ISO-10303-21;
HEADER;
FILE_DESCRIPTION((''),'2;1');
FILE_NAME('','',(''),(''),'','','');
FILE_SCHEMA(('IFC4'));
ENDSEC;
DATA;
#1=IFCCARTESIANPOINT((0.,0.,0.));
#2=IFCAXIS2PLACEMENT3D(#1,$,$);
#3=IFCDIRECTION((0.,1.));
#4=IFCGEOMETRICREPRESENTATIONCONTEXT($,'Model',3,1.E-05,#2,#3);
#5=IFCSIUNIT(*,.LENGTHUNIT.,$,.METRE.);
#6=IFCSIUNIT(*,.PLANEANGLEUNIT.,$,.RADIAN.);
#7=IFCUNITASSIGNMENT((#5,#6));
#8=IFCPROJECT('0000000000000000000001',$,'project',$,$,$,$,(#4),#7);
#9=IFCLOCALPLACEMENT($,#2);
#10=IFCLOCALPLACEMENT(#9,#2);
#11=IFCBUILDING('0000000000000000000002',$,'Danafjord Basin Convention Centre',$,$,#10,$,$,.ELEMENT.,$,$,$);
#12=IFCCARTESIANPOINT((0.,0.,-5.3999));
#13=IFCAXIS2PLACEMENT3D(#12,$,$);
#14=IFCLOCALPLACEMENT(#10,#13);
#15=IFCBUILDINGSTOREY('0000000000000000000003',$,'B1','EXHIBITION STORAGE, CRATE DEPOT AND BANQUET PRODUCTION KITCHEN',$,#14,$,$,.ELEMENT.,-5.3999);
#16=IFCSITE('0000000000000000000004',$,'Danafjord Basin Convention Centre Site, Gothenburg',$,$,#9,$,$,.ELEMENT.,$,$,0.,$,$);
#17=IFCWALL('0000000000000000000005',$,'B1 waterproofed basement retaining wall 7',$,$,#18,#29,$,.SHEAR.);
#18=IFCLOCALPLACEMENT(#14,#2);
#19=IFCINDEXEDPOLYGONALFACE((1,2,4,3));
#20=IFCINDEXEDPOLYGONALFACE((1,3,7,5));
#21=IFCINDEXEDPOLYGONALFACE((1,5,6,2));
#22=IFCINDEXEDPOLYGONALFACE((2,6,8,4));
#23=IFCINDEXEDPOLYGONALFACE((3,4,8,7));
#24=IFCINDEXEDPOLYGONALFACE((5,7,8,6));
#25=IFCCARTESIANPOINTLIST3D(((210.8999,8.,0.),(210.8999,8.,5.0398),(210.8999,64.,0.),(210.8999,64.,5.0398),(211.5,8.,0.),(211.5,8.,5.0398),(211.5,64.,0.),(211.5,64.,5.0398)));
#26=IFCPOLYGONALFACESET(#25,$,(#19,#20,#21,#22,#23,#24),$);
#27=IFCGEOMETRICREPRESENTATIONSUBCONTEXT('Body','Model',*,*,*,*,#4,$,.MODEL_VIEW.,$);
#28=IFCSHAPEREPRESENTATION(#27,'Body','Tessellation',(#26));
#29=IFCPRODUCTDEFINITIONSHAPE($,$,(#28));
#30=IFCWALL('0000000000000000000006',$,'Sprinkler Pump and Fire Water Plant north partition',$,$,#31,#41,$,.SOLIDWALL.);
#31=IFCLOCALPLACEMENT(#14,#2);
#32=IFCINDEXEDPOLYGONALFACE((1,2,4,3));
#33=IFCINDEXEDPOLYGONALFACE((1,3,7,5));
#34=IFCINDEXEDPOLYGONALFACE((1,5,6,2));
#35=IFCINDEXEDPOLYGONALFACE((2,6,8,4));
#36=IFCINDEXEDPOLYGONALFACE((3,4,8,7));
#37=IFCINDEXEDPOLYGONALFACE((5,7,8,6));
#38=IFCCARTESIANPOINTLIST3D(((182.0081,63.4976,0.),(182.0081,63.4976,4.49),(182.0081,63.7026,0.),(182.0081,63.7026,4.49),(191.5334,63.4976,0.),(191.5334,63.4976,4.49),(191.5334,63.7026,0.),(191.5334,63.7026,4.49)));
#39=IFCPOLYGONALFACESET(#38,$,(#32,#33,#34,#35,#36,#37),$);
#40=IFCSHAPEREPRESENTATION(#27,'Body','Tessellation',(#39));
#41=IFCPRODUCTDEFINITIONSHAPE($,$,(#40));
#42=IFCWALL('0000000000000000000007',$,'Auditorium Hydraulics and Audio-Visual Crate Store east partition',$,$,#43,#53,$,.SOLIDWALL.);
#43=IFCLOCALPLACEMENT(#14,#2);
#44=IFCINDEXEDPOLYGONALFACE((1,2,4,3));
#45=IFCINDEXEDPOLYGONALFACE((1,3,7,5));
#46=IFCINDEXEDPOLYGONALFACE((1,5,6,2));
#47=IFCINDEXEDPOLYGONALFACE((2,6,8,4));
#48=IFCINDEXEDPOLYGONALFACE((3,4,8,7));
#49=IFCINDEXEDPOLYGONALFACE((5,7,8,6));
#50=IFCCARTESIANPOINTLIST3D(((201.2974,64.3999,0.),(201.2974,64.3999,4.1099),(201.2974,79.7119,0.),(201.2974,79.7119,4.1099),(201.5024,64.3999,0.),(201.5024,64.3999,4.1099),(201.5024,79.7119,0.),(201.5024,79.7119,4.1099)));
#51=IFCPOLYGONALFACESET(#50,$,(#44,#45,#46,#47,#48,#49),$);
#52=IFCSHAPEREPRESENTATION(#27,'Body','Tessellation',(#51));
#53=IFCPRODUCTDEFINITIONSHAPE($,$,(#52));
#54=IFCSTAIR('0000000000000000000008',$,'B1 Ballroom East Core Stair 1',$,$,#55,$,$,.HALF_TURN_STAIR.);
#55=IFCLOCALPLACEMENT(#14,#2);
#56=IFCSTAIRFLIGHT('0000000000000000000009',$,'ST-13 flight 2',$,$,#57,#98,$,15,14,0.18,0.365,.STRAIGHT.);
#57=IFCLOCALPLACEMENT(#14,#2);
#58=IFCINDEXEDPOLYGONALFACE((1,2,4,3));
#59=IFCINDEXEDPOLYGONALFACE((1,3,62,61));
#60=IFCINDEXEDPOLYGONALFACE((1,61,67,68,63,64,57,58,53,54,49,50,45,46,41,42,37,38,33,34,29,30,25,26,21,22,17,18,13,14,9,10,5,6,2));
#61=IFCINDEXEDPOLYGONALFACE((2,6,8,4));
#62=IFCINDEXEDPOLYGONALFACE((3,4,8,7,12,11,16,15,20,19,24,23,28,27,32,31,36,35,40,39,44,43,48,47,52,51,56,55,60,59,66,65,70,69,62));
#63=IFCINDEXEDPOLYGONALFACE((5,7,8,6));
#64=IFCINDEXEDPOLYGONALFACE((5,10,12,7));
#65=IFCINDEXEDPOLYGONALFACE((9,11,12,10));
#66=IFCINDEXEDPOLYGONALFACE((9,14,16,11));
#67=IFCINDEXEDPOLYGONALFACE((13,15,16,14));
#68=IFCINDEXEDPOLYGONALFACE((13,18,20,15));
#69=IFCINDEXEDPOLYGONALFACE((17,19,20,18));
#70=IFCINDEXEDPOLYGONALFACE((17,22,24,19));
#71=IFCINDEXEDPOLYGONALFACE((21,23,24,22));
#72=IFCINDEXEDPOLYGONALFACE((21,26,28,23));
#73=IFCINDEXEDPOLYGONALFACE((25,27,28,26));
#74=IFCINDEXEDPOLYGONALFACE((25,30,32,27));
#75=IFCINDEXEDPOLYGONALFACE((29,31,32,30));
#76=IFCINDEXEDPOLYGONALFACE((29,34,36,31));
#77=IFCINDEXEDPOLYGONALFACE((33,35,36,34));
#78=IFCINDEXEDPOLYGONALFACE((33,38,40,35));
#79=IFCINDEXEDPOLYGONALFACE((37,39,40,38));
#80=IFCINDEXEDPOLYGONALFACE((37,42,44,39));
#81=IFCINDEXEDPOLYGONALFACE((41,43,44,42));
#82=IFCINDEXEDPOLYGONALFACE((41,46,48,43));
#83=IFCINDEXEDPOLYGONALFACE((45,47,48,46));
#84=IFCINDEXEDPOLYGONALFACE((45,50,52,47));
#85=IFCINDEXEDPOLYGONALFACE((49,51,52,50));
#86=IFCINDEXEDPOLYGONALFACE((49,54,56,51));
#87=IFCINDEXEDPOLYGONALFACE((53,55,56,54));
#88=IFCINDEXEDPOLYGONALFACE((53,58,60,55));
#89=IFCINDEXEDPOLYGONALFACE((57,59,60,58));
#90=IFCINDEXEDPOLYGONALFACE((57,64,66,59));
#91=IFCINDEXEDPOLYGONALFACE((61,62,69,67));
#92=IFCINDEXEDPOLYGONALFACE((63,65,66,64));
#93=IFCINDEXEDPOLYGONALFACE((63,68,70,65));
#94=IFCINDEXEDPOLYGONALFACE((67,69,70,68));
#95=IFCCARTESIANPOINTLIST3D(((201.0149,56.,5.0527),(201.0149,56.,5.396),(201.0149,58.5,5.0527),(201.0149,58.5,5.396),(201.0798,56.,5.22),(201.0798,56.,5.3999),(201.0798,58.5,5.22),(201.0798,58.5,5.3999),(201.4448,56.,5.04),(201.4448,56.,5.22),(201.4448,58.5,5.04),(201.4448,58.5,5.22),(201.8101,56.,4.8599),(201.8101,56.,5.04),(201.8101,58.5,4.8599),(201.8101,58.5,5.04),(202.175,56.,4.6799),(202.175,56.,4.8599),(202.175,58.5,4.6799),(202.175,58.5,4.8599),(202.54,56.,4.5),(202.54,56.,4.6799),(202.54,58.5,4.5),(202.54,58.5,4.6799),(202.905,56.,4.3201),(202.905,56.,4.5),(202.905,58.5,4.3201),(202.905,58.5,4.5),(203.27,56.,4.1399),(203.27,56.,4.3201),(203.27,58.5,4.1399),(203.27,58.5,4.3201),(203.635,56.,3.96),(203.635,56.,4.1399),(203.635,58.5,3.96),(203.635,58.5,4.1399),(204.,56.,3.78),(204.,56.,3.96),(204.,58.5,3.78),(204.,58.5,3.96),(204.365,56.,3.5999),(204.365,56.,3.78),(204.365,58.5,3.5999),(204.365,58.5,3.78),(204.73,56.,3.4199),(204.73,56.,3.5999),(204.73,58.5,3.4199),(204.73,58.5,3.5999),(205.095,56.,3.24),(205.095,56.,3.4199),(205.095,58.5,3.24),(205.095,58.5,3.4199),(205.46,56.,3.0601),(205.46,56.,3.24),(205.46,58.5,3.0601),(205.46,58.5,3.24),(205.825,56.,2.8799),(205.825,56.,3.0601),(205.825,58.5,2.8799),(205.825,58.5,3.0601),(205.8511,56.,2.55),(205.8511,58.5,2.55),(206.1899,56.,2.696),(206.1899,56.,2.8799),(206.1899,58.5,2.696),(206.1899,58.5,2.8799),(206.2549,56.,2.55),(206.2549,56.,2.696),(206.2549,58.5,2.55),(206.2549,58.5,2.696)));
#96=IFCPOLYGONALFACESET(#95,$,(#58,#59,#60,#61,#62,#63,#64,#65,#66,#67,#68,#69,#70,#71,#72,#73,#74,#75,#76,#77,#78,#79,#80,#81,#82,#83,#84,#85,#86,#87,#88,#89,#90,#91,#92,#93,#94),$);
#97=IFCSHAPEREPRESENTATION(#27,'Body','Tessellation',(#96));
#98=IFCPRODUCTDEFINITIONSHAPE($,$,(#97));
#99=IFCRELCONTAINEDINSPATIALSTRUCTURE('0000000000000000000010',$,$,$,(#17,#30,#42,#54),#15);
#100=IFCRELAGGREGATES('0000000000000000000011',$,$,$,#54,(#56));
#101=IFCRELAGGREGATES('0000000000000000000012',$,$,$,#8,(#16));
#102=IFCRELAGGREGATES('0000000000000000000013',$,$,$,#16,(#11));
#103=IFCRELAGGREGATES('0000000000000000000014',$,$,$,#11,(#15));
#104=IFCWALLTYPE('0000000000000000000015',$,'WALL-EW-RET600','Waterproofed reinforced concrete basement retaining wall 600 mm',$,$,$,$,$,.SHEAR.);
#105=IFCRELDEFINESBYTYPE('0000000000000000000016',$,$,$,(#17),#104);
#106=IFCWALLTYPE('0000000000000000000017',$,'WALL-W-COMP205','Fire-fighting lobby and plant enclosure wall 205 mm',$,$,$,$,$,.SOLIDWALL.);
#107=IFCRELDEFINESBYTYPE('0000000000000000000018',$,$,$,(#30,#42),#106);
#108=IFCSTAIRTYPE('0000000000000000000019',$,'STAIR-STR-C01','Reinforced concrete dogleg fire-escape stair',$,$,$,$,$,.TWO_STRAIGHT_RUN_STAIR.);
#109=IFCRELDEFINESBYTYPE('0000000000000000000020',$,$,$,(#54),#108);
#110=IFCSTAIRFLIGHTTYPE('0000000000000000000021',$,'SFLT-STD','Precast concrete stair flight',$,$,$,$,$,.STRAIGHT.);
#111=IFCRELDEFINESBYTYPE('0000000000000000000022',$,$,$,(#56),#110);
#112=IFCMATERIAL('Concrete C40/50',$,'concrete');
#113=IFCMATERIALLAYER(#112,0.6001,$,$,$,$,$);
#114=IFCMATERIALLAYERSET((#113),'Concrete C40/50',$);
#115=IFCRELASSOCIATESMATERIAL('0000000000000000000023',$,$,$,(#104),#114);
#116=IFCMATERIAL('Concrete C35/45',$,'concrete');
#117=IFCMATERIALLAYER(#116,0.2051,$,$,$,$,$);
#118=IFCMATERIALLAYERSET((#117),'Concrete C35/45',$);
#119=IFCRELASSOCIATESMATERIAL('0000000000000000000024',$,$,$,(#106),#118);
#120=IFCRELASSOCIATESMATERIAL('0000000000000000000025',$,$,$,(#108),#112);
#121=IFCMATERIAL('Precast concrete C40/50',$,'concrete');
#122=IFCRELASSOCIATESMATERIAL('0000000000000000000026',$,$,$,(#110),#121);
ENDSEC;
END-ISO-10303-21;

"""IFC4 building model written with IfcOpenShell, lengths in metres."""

from ifc_helpers import new_model, si_unit, direction, frame, frame_2d, origin, place, context, subcontext, project, spatial, polyline, rectangle, outline, extrude, material, layer, layer_set, type_object, element, aggregate, save


model = new_model("IFC4")

# Units and contexts
model_context = context("Model", 3, precision=1e-05, world=origin(), true_north=direction((0.0, 1.0)))
body_context = subcontext(model_context, "Body", "Model", "MODEL_VIEW")
ifc_project = project(units=[si_unit("LENGTHUNIT", "METRE"), si_unit("PLANEANGLEUNIT", "RADIAN")], contexts=[model_context])

# Site, building, storey
site_placement = place(None, origin())
site = spatial("IfcSite", under=ifc_project, at=site_placement, Name="Danafjord Basin Convention Centre Site, Gothenburg", CompositionType="ELEMENT", RefElevation=0.0)
building_placement = place(site_placement, origin())
building = spatial("IfcBuilding", under=site, at=building_placement, Name="Danafjord Basin Convention Centre", CompositionType="ELEMENT")
storey_placement = place(building_placement, frame((0.0, 0.0, -5.3999)))
storey = spatial("IfcBuildingStorey", under=building, at=storey_placement, Name="B1", Description="EXHIBITION STORAGE, CRATE DEPOT AND BANQUET PRODUCTION KITCHEN", CompositionType="ELEMENT", Elevation=-5.3999)

# Shared definitions
ifc_material_1 = material(Name="Concrete C40/50", Category="concrete")
ifc_material_2 = material(Name="Concrete C35/45", Category="concrete")

# Walls
ifc_layer_1 = layer(ifc_material_1, 0.6001)
ifc_layer_set_1 = layer_set([ifc_layer_1], Name="Concrete C40/50")
wall_type_1 = type_object("IfcWallType", Name="WALL-EW-RET600", Description="Waterproofed reinforced concrete basement retaining wall 600 mm", PredefinedType="SHEAR", material=ifc_layer_set_1)
wall_1_placement = place(storey_placement, frame((211.2, 64.0, 0.0), z_axis=(0.0, 0.0, 1.0), x_axis=(0.0, -1.0, 0.0)))
element("IfcWall", 1, at=wall_1_placement, inside=storey, type_object=wall_type_1, Name="B1 waterproofed basement retaining wall 7", PredefinedType="SHEAR", context=body_context, shape_type="SweptSolid", body=[
    extrude(rectangle(XDim=56.0, YDim=0.6001, at=frame_2d((28.0, 0.0))), origin(), (0.0, 0.0, 1.0), 5.0398),
])
ifc_layer_2 = layer(ifc_material_2, 0.2051)
ifc_layer_set_2 = layer_set([ifc_layer_2], Name="Concrete C35/45")
wall_type_2 = type_object("IfcWallType", Name="WALL-W-COMP205", Description="Fire-fighting lobby and plant enclosure wall 205 mm", PredefinedType="SOLIDWALL", material=ifc_layer_set_2)
wall_2_placement = place(storey_placement, frame((191.5334, 63.6001, 0.0), z_axis=(0.0, 0.0, 1.0), x_axis=(-1.0, 0.0, 0.0)))
element("IfcWall", 2, at=wall_2_placement, inside=storey, type_object=wall_type_2, Name="Sprinkler Pump and Fire Water Plant north partition", PredefinedType="SOLIDWALL", context=body_context, shape_type="SweptSolid", body=[
    extrude(rectangle(XDim=9.5254, YDim=0.2051, at=frame_2d((4.7627, 0.0))), origin(), (0.0, 0.0, 1.0), 4.49),
])
wall_3_placement = place(storey_placement, frame((201.3999, 64.3999, 0.0), z_axis=(0.0, 0.0, 1.0), x_axis=(0.0, 1.0, 0.0)))
element("IfcWall", 3, at=wall_3_placement, inside=storey, type_object=wall_type_2, Name="Auditorium Hydraulics and Audio-Visual Crate Store east partition", PredefinedType="SOLIDWALL", context=body_context, shape_type="SweptSolid", body=[
    extrude(rectangle(XDim=15.312, YDim=0.2051, at=frame_2d((7.656, 0.0))), origin(), (0.0, 0.0, 1.0), 4.1099),
])

# Stair, stair flight
stair_type = type_object("IfcStairType", Name="STAIR-STR-C01", Description="Reinforced concrete dogleg fire-escape stair", PredefinedType="TWO_STRAIGHT_RUN_STAIR", material=ifc_material_1)
stair_placement = place(storey_placement, origin())
stair = element("IfcStair", 4, at=stair_placement, inside=storey, type_object=stair_type, Name="B1 Ballroom East Core Stair 1", PredefinedType="HALF_TURN_STAIR")
ifc_material_3 = material(Name="Precast concrete C40/50", Category="concrete")
stair_flight_type = type_object("IfcStairFlightType", Name="SFLT-STD", Description="Precast concrete stair flight", PredefinedType="STRAIGHT", material=ifc_material_3)
stair_flight_placement = place(storey_placement, frame((206.1899, 57.25, 2.7), z_axis=(0.0, 0.0, 1.0), x_axis=(-1.0, 0.0, 0.0)))
stair_flight = element("IfcStairFlight", 5, at=stair_flight_placement, type_object=stair_flight_type, Name="ST-13 flight 2", NumberOfRisers=15, NumberOfTreads=14, PredefinedType="STRAIGHT", RiserHeight=0.18, TreadLength=0.365, context=body_context, shape_type="SweptSolid", body=[
    extrude(outline(polyline([(-0.0649, -0.1499), (-0.0649, -0.0039), (0.0, -0.0039), (0.0, 0.1799), (0.365, 0.1799), (0.365, 0.3601), (0.73, 0.3601), (0.73, 0.54), (1.095, 0.54), (1.095, 0.72), (1.46, 0.72), (1.46, 0.8999), (1.825, 0.8999), (1.825, 1.0801), (2.1899, 1.0801), (2.1899, 1.26), (2.5549, 1.26), (2.5549, 1.4399), (2.9199, 1.4399), (2.9199, 1.6201), (3.2849, 1.6201), (3.2849, 1.8), (3.6499, 1.8), (3.6499, 1.98), (4.0149, 1.98), (4.0149, 2.1599), (4.3799, 2.1599), (4.3799, 2.3401), (4.7451, 2.3401), (4.7451, 2.52), (5.1101, 2.52), (5.1101, 2.7), (5.175, 2.696), (5.175, 2.3528), (0.3389, -0.1499), (-0.0649, -0.1499)])), frame((0.0, 1.25, 0.0), z_axis=(0.0, -1.0, 0.0), x_axis=(1.0, 0.0, 0.0)), (0.0, 0.0, 1.0), 2.5),
])
aggregate(stair, [stair_flight])

save(model, "model.ifc")
